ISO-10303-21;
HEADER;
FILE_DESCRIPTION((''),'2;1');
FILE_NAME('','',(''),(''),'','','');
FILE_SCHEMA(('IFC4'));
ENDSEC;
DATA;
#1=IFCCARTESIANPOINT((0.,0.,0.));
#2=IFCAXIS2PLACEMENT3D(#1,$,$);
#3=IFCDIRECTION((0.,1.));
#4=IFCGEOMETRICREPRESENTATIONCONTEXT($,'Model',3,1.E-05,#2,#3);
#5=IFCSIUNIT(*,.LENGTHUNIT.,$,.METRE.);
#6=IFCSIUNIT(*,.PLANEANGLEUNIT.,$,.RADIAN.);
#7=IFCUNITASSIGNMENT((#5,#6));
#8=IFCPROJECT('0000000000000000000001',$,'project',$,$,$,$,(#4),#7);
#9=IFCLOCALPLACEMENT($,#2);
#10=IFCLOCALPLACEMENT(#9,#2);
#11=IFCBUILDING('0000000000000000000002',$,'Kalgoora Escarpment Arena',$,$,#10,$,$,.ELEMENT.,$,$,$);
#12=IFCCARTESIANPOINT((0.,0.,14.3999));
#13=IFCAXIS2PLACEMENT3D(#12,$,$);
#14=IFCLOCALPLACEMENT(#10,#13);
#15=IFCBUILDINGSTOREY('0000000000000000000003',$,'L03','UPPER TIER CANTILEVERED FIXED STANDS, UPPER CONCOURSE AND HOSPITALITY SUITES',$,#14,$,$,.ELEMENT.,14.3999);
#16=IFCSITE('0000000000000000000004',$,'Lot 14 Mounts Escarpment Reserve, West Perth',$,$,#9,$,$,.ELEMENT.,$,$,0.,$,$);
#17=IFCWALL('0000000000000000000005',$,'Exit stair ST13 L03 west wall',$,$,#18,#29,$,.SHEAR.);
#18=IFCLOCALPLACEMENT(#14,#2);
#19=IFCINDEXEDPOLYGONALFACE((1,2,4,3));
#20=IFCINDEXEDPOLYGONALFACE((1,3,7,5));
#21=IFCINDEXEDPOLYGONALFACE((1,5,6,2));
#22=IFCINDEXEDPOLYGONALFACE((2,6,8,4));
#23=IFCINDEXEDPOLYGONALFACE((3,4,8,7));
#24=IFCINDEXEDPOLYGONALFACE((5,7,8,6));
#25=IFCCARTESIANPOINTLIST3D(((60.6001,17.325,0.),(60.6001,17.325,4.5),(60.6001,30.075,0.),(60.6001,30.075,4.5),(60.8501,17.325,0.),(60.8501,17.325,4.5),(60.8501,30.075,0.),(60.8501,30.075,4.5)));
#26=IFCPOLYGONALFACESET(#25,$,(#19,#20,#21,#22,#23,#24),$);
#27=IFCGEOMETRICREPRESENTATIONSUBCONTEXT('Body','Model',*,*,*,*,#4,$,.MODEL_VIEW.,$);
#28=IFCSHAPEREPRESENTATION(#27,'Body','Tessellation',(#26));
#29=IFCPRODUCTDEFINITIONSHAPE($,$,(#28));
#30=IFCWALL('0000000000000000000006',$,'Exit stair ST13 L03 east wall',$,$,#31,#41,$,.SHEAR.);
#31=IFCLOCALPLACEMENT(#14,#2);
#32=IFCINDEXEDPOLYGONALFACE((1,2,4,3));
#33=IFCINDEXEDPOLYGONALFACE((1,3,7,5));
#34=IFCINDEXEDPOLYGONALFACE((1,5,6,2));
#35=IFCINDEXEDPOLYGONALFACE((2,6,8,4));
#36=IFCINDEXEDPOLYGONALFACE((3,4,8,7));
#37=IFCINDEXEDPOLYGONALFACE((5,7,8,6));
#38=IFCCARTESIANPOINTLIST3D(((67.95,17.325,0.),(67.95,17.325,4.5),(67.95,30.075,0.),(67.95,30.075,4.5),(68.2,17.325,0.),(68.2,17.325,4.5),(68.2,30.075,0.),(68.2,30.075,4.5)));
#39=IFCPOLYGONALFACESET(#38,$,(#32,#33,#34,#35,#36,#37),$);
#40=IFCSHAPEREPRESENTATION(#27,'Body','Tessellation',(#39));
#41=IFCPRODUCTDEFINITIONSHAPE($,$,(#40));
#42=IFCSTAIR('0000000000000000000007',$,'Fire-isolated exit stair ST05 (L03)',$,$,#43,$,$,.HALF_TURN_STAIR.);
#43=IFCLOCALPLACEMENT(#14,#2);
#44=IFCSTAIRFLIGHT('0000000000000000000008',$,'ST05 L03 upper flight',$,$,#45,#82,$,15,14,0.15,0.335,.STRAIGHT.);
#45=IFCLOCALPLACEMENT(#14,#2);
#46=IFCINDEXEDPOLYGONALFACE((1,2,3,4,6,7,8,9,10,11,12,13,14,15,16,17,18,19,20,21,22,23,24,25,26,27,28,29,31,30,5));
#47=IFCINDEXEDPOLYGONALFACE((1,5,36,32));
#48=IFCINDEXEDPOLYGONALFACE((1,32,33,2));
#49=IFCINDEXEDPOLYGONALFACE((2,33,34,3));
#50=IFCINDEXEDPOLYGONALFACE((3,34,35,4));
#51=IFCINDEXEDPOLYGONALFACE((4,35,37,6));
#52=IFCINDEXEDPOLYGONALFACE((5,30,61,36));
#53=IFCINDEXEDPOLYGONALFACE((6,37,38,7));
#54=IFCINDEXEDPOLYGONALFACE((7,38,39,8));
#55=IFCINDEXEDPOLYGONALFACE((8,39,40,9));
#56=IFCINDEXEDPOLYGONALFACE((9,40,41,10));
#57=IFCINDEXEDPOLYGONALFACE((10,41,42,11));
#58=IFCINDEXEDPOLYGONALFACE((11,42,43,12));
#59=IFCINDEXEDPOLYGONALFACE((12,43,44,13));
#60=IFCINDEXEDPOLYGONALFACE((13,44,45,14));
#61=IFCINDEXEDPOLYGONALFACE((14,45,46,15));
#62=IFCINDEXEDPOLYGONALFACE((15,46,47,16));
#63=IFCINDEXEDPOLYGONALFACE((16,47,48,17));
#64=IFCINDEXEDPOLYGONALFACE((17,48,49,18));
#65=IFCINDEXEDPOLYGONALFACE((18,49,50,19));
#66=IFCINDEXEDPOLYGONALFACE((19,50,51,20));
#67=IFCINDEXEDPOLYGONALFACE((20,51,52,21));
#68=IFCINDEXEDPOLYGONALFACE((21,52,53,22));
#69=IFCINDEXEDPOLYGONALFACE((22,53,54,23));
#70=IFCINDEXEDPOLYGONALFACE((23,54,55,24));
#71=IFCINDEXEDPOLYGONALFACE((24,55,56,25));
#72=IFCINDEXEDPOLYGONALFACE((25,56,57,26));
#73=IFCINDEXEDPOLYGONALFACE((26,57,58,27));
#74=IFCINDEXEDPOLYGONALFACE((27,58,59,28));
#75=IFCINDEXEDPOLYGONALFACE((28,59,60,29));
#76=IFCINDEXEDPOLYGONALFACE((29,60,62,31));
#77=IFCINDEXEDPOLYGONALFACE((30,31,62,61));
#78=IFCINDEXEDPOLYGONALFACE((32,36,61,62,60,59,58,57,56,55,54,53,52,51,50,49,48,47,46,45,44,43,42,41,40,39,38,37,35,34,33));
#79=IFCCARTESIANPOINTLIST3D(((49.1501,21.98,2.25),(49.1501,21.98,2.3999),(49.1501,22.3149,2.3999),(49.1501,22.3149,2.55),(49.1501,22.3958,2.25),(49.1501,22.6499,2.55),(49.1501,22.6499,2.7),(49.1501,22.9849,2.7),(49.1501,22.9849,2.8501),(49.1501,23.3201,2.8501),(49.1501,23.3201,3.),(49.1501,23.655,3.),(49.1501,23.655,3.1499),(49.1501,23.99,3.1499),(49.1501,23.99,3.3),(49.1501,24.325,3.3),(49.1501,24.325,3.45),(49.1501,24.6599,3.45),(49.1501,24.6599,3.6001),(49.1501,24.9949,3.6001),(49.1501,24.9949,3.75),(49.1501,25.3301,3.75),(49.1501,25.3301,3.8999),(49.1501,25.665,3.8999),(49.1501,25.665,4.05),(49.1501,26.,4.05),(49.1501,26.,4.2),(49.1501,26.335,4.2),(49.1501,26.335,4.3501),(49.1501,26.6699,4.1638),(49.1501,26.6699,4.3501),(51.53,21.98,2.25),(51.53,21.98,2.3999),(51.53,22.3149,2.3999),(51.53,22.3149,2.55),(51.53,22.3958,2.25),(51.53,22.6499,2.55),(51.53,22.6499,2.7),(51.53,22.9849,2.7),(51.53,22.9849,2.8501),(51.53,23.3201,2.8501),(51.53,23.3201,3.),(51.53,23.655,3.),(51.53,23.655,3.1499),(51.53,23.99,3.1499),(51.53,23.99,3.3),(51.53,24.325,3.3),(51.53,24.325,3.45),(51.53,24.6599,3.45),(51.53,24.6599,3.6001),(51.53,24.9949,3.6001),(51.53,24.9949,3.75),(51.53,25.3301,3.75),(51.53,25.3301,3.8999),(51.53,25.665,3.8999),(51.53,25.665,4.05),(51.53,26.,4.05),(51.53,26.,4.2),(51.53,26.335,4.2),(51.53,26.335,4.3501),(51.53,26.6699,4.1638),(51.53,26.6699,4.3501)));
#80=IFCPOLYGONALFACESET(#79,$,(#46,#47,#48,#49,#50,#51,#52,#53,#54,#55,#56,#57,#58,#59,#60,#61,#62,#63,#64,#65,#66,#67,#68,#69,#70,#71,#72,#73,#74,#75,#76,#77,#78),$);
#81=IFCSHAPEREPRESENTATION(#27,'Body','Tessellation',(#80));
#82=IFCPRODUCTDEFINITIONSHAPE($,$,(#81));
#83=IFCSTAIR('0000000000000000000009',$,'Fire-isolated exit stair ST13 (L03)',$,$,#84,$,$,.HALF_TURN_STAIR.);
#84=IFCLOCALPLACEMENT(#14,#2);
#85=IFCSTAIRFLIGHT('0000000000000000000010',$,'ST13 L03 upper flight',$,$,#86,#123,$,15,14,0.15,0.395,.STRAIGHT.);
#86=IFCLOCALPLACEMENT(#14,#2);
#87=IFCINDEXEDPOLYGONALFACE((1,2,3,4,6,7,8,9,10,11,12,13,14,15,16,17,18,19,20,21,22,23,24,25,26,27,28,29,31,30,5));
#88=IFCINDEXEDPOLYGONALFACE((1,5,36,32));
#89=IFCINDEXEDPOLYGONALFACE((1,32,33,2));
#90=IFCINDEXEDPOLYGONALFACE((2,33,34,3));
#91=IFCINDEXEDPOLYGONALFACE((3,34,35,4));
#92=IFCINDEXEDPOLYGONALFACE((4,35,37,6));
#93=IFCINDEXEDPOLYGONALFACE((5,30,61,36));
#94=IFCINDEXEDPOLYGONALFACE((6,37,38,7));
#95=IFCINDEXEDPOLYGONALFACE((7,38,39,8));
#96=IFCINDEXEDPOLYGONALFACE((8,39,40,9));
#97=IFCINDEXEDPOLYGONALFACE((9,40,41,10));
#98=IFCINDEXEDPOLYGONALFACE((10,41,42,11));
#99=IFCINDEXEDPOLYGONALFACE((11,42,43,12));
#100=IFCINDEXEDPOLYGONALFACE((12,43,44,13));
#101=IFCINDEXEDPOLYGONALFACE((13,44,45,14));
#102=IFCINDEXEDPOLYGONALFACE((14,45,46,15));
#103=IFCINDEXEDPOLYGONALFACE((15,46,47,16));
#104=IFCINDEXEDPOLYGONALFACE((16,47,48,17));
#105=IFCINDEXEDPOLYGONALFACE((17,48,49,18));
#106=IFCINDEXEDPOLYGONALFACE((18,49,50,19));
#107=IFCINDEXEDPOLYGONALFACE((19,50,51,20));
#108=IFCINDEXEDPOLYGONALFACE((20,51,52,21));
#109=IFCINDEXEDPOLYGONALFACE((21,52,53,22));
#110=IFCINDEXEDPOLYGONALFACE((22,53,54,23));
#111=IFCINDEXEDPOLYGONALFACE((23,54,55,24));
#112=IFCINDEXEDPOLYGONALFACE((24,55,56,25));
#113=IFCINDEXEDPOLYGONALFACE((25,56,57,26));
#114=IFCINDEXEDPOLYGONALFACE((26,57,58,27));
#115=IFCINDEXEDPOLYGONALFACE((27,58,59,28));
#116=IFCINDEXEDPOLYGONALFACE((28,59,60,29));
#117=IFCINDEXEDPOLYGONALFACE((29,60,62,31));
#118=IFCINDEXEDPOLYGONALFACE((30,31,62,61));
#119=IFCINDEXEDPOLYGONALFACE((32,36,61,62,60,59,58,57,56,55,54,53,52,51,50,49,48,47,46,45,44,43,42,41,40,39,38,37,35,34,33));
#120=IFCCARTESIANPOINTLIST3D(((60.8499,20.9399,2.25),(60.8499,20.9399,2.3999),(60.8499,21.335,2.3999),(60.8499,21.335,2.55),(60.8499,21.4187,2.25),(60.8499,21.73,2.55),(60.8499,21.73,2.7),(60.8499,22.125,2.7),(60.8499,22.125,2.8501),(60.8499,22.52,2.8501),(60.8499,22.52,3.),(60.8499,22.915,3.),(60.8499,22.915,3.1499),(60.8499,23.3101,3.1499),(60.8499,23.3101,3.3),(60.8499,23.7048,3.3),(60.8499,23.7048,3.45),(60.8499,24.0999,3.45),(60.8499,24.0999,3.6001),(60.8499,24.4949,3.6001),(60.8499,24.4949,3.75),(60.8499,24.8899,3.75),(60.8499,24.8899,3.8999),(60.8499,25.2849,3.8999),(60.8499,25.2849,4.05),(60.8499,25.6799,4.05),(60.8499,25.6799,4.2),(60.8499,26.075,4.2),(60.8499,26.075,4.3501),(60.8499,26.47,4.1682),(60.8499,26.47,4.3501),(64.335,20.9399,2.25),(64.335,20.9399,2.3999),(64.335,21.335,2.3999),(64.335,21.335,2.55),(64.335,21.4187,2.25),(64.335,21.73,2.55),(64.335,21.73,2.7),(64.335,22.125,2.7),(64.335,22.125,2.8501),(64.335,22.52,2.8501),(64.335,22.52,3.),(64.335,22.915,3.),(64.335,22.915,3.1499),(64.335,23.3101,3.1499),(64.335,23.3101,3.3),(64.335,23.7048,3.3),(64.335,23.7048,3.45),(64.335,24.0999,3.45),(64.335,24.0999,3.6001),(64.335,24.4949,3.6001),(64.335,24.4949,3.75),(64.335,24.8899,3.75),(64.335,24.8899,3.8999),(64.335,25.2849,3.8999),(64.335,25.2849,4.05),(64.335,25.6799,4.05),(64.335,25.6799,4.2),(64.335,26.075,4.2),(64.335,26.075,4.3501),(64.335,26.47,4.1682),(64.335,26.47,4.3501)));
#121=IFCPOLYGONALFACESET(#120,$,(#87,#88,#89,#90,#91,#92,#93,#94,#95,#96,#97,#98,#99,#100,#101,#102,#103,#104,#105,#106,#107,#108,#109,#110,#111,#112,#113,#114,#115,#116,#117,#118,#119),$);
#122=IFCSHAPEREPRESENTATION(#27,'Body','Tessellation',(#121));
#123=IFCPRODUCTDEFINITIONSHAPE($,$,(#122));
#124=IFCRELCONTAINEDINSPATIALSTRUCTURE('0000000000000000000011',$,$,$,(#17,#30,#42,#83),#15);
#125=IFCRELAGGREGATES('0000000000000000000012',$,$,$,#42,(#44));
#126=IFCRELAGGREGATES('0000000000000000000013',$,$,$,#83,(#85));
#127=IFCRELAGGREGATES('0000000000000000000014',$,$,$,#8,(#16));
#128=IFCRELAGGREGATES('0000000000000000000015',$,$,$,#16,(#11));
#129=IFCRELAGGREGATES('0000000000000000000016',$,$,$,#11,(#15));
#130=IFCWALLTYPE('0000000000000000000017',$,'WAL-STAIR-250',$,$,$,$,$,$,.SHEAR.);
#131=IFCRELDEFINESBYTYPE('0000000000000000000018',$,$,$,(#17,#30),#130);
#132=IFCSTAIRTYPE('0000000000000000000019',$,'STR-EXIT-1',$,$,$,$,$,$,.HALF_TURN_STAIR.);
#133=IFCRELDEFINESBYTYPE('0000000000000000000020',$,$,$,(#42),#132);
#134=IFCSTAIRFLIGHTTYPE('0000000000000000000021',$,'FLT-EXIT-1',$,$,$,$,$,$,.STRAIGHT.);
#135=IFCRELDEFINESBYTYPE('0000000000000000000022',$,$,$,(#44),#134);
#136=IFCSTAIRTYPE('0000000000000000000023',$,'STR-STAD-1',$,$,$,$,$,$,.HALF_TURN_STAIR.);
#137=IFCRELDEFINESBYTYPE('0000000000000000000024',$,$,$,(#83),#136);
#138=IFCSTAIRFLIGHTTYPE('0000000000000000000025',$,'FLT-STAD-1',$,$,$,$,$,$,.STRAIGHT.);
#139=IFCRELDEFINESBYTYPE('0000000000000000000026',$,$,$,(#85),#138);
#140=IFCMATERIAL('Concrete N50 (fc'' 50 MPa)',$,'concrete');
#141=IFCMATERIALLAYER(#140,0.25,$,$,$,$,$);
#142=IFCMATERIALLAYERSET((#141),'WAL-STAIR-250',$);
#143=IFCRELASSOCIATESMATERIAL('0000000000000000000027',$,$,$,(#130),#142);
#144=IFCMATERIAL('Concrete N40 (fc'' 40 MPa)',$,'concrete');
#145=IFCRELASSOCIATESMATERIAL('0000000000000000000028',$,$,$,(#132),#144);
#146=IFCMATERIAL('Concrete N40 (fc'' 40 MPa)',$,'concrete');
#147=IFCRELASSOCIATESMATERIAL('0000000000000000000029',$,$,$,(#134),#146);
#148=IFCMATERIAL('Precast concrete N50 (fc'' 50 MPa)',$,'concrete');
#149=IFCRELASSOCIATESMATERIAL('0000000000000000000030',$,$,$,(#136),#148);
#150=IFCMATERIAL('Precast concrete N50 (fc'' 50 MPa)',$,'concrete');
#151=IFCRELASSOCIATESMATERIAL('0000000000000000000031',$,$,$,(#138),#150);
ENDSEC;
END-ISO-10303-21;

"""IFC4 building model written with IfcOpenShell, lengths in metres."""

from ifc_helpers import new_model, si_unit, direction, frame, frame_2d, origin, place, context, subcontext, project, spatial, polyline, rectangle, outline, extrude, material, layer, layer_set, type_object, element, aggregate, save


model = new_model("IFC4")

# Units and contexts
model_context = context("Model", 3, precision=1e-05, world=origin(), true_north=direction((0.0, 1.0)))
body_context = subcontext(model_context, "Body", "Model", "MODEL_VIEW")
ifc_project = project(units=[si_unit("LENGTHUNIT", "METRE"), si_unit("PLANEANGLEUNIT", "RADIAN")], contexts=[model_context])

# Site, building, storey
site_placement = place(None, origin())
site = spatial("IfcSite", under=ifc_project, at=site_placement, Name="Lot 14 Mounts Escarpment Reserve, West Perth", CompositionType="ELEMENT", RefElevation=0.0)
building_placement = place(site_placement, origin())
building = spatial("IfcBuilding", under=site, at=building_placement, Name="Kalgoora Escarpment Arena", CompositionType="ELEMENT")
storey_placement = place(building_placement, frame((0.0, 0.0, 14.3999)))
storey = spatial("IfcBuildingStorey", under=building, at=storey_placement, Name="L03", Description="UPPER TIER CANTILEVERED FIXED STANDS, UPPER CONCOURSE AND HOSPITALITY SUITES", CompositionType="ELEMENT", Elevation=14.3999)

# Walls
ifc_material_1 = material(Name="Concrete N50 (fc' 50 MPa)", Category="concrete")
ifc_layer_1 = layer(ifc_material_1, 0.25)
ifc_layer_set_1 = layer_set([ifc_layer_1], Name="WAL-STAIR-250")
wall_type_1 = type_object("IfcWallType", Name="WAL-STAIR-250", PredefinedType="SHEAR", material=ifc_layer_set_1)
for number, where, z_axis, x_axis, name in (
    (1, (60.7251, 17.325, 0.0), (0.0, 0.0, 1.0), (0.0, 1.0, 0.0), "Exit stair ST13 L03 west wall"),
    (2, (68.075, 17.325, 0.0), (0.0, 0.0, 1.0), (0.0, 1.0, 0.0), "Exit stair ST13 L03 east wall"),
):
    element("IfcWall", number, at=place(storey_placement, frame(where, z_axis=z_axis, x_axis=x_axis)), inside=storey, type_object=wall_type_1, Name=name, PredefinedType="SHEAR", context=body_context, shape_type="SweptSolid", body=[
        extrude(rectangle(XDim=12.75, YDim=0.25, at=frame_2d((6.375, 0.0))), origin(), (0.0, 0.0, 1.0), 4.5),
    ])

# Stairs, stair flights
ifc_material_2 = material(Name="Concrete N40 (fc' 40 MPa)", Category="concrete")
stair_type_1 = type_object("IfcStairType", Name="STR-EXIT-1", PredefinedType="HALF_TURN_STAIR", material=ifc_material_2)
stair_1_placement = place(storey_placement, origin())
stair_1 = element("IfcStair", 3, at=stair_1_placement, inside=storey, type_object=stair_type_1, Name="Fire-isolated exit stair ST05 (L03)", PredefinedType="HALF_TURN_STAIR")
ifc_material_3 = material(Name="Concrete N40 (fc' 40 MPa)", Category="concrete")
stair_flight_type_1 = type_object("IfcStairFlightType", Name="FLT-EXIT-1", PredefinedType="STRAIGHT", material=ifc_material_3)
stair_flight_1_placement = place(storey_placement, frame((50.3401, 21.98, 2.25), z_axis=(0.0, 0.0, 1.0), x_axis=(0.0, 1.0, 0.0)))
stair_flight_1 = element("IfcStairFlight", 4, at=stair_flight_1_placement, type_object=stair_flight_type_1, Name="ST05 L03 upper flight", NumberOfRisers=15, NumberOfTreads=14, PredefinedType="STRAIGHT", RiserHeight=0.15, TreadLength=0.335, context=body_context, shape_type="SweptSolid", body=[
    extrude(outline(polyline([(0.0, 0.0), (0.0, 0.1499), (0.335, 0.1499), (0.335, 0.3), (0.6699, 0.3), (0.6699, 0.45), (1.0049, 0.45), (1.0049, 0.6001), (1.3401, 0.6001), (1.3401, 0.75), (1.675, 0.75), (1.675, 0.8999), (2.01, 0.8999), (2.01, 1.05), (2.345, 1.05), (2.345, 1.2), (2.6799, 1.2), (2.6799, 1.3501), (3.0149, 1.3501), (3.0149, 1.5), (3.3501, 1.5), (3.3501, 1.6499), (3.6851, 1.6499), (3.6851, 1.8), (4.02, 1.8), (4.02, 1.95), (4.355, 1.95), (4.355, 2.1001), (4.6899, 2.1001), (4.6899, 2.25), (4.6899, 1.9138), (0.4158, 0.0), (0.0, 0.0)])), frame((0.0, 1.1899, 0.0), z_axis=(0.0, -1.0, 0.0), x_axis=(1.0, 0.0, 0.0)), (0.0, 0.0, 1.0), 2.3799),
])
aggregate(stair_1, [stair_flight_1])
ifc_material_4 = material(Name="Precast concrete N50 (fc' 50 MPa)", Category="concrete")
stair_type_2 = type_object("IfcStairType", Name="STR-STAD-1", PredefinedType="HALF_TURN_STAIR", material=ifc_material_4)
stair_2_placement = place(storey_placement, origin())
stair_2 = element("IfcStair", 5, at=stair_2_placement, inside=storey, type_object=stair_type_2, Name="Fire-isolated exit stair ST13 (L03)", PredefinedType="HALF_TURN_STAIR")
ifc_material_5 = material(Name="Precast concrete N50 (fc' 50 MPa)", Category="concrete")
stair_flight_type_2 = type_object("IfcStairFlightType", Name="FLT-STAD-1", PredefinedType="STRAIGHT", material=ifc_material_5)
stair_flight_2_placement = place(storey_placement, frame((62.5925, 20.9399, 2.25), z_axis=(0.0, 0.0, 1.0), x_axis=(0.0, 1.0, 0.0)))
stair_flight_2 = element("IfcStairFlight", 6, at=stair_flight_2_placement, type_object=stair_flight_type_2, Name="ST13 L03 upper flight", NumberOfRisers=15, NumberOfTreads=14, PredefinedType="STRAIGHT", RiserHeight=0.15, TreadLength=0.395, context=body_context, shape_type="SweptSolid", body=[
    extrude(outline(polyline([(0.0, 0.0), (0.0, 0.1499), (0.395, 0.1499), (0.395, 0.3), (0.79, 0.3), (0.79, 0.45), (1.1851, 0.45), (1.1851, 0.6001), (1.5801, 0.6001), (1.5801, 0.75), (1.9751, 0.75), (1.9751, 0.8999), (2.3701, 0.8999), (2.3701, 1.05), (2.7649, 1.05), (2.7649, 1.2), (3.1599, 1.2), (3.1599, 1.3501), (3.5549, 1.3501), (3.5549, 1.5), (3.95, 1.5), (3.95, 1.6499), (4.345, 1.6499), (4.345, 1.8), (4.74, 1.8), (4.74, 1.95), (5.135, 1.95), (5.135, 2.1001), (5.53, 2.1001), (5.53, 2.25), (5.53, 1.9182), (0.4788, 0.0), (0.0, 0.0)])), frame((0.0, 1.7427, 0.0), z_axis=(0.0, -1.0, 0.0), x_axis=(1.0, 0.0, 0.0)), (0.0, 0.0, 1.0), 3.4851),
])
aggregate(stair_2, [stair_flight_2])

save(model, "model.ifc")
